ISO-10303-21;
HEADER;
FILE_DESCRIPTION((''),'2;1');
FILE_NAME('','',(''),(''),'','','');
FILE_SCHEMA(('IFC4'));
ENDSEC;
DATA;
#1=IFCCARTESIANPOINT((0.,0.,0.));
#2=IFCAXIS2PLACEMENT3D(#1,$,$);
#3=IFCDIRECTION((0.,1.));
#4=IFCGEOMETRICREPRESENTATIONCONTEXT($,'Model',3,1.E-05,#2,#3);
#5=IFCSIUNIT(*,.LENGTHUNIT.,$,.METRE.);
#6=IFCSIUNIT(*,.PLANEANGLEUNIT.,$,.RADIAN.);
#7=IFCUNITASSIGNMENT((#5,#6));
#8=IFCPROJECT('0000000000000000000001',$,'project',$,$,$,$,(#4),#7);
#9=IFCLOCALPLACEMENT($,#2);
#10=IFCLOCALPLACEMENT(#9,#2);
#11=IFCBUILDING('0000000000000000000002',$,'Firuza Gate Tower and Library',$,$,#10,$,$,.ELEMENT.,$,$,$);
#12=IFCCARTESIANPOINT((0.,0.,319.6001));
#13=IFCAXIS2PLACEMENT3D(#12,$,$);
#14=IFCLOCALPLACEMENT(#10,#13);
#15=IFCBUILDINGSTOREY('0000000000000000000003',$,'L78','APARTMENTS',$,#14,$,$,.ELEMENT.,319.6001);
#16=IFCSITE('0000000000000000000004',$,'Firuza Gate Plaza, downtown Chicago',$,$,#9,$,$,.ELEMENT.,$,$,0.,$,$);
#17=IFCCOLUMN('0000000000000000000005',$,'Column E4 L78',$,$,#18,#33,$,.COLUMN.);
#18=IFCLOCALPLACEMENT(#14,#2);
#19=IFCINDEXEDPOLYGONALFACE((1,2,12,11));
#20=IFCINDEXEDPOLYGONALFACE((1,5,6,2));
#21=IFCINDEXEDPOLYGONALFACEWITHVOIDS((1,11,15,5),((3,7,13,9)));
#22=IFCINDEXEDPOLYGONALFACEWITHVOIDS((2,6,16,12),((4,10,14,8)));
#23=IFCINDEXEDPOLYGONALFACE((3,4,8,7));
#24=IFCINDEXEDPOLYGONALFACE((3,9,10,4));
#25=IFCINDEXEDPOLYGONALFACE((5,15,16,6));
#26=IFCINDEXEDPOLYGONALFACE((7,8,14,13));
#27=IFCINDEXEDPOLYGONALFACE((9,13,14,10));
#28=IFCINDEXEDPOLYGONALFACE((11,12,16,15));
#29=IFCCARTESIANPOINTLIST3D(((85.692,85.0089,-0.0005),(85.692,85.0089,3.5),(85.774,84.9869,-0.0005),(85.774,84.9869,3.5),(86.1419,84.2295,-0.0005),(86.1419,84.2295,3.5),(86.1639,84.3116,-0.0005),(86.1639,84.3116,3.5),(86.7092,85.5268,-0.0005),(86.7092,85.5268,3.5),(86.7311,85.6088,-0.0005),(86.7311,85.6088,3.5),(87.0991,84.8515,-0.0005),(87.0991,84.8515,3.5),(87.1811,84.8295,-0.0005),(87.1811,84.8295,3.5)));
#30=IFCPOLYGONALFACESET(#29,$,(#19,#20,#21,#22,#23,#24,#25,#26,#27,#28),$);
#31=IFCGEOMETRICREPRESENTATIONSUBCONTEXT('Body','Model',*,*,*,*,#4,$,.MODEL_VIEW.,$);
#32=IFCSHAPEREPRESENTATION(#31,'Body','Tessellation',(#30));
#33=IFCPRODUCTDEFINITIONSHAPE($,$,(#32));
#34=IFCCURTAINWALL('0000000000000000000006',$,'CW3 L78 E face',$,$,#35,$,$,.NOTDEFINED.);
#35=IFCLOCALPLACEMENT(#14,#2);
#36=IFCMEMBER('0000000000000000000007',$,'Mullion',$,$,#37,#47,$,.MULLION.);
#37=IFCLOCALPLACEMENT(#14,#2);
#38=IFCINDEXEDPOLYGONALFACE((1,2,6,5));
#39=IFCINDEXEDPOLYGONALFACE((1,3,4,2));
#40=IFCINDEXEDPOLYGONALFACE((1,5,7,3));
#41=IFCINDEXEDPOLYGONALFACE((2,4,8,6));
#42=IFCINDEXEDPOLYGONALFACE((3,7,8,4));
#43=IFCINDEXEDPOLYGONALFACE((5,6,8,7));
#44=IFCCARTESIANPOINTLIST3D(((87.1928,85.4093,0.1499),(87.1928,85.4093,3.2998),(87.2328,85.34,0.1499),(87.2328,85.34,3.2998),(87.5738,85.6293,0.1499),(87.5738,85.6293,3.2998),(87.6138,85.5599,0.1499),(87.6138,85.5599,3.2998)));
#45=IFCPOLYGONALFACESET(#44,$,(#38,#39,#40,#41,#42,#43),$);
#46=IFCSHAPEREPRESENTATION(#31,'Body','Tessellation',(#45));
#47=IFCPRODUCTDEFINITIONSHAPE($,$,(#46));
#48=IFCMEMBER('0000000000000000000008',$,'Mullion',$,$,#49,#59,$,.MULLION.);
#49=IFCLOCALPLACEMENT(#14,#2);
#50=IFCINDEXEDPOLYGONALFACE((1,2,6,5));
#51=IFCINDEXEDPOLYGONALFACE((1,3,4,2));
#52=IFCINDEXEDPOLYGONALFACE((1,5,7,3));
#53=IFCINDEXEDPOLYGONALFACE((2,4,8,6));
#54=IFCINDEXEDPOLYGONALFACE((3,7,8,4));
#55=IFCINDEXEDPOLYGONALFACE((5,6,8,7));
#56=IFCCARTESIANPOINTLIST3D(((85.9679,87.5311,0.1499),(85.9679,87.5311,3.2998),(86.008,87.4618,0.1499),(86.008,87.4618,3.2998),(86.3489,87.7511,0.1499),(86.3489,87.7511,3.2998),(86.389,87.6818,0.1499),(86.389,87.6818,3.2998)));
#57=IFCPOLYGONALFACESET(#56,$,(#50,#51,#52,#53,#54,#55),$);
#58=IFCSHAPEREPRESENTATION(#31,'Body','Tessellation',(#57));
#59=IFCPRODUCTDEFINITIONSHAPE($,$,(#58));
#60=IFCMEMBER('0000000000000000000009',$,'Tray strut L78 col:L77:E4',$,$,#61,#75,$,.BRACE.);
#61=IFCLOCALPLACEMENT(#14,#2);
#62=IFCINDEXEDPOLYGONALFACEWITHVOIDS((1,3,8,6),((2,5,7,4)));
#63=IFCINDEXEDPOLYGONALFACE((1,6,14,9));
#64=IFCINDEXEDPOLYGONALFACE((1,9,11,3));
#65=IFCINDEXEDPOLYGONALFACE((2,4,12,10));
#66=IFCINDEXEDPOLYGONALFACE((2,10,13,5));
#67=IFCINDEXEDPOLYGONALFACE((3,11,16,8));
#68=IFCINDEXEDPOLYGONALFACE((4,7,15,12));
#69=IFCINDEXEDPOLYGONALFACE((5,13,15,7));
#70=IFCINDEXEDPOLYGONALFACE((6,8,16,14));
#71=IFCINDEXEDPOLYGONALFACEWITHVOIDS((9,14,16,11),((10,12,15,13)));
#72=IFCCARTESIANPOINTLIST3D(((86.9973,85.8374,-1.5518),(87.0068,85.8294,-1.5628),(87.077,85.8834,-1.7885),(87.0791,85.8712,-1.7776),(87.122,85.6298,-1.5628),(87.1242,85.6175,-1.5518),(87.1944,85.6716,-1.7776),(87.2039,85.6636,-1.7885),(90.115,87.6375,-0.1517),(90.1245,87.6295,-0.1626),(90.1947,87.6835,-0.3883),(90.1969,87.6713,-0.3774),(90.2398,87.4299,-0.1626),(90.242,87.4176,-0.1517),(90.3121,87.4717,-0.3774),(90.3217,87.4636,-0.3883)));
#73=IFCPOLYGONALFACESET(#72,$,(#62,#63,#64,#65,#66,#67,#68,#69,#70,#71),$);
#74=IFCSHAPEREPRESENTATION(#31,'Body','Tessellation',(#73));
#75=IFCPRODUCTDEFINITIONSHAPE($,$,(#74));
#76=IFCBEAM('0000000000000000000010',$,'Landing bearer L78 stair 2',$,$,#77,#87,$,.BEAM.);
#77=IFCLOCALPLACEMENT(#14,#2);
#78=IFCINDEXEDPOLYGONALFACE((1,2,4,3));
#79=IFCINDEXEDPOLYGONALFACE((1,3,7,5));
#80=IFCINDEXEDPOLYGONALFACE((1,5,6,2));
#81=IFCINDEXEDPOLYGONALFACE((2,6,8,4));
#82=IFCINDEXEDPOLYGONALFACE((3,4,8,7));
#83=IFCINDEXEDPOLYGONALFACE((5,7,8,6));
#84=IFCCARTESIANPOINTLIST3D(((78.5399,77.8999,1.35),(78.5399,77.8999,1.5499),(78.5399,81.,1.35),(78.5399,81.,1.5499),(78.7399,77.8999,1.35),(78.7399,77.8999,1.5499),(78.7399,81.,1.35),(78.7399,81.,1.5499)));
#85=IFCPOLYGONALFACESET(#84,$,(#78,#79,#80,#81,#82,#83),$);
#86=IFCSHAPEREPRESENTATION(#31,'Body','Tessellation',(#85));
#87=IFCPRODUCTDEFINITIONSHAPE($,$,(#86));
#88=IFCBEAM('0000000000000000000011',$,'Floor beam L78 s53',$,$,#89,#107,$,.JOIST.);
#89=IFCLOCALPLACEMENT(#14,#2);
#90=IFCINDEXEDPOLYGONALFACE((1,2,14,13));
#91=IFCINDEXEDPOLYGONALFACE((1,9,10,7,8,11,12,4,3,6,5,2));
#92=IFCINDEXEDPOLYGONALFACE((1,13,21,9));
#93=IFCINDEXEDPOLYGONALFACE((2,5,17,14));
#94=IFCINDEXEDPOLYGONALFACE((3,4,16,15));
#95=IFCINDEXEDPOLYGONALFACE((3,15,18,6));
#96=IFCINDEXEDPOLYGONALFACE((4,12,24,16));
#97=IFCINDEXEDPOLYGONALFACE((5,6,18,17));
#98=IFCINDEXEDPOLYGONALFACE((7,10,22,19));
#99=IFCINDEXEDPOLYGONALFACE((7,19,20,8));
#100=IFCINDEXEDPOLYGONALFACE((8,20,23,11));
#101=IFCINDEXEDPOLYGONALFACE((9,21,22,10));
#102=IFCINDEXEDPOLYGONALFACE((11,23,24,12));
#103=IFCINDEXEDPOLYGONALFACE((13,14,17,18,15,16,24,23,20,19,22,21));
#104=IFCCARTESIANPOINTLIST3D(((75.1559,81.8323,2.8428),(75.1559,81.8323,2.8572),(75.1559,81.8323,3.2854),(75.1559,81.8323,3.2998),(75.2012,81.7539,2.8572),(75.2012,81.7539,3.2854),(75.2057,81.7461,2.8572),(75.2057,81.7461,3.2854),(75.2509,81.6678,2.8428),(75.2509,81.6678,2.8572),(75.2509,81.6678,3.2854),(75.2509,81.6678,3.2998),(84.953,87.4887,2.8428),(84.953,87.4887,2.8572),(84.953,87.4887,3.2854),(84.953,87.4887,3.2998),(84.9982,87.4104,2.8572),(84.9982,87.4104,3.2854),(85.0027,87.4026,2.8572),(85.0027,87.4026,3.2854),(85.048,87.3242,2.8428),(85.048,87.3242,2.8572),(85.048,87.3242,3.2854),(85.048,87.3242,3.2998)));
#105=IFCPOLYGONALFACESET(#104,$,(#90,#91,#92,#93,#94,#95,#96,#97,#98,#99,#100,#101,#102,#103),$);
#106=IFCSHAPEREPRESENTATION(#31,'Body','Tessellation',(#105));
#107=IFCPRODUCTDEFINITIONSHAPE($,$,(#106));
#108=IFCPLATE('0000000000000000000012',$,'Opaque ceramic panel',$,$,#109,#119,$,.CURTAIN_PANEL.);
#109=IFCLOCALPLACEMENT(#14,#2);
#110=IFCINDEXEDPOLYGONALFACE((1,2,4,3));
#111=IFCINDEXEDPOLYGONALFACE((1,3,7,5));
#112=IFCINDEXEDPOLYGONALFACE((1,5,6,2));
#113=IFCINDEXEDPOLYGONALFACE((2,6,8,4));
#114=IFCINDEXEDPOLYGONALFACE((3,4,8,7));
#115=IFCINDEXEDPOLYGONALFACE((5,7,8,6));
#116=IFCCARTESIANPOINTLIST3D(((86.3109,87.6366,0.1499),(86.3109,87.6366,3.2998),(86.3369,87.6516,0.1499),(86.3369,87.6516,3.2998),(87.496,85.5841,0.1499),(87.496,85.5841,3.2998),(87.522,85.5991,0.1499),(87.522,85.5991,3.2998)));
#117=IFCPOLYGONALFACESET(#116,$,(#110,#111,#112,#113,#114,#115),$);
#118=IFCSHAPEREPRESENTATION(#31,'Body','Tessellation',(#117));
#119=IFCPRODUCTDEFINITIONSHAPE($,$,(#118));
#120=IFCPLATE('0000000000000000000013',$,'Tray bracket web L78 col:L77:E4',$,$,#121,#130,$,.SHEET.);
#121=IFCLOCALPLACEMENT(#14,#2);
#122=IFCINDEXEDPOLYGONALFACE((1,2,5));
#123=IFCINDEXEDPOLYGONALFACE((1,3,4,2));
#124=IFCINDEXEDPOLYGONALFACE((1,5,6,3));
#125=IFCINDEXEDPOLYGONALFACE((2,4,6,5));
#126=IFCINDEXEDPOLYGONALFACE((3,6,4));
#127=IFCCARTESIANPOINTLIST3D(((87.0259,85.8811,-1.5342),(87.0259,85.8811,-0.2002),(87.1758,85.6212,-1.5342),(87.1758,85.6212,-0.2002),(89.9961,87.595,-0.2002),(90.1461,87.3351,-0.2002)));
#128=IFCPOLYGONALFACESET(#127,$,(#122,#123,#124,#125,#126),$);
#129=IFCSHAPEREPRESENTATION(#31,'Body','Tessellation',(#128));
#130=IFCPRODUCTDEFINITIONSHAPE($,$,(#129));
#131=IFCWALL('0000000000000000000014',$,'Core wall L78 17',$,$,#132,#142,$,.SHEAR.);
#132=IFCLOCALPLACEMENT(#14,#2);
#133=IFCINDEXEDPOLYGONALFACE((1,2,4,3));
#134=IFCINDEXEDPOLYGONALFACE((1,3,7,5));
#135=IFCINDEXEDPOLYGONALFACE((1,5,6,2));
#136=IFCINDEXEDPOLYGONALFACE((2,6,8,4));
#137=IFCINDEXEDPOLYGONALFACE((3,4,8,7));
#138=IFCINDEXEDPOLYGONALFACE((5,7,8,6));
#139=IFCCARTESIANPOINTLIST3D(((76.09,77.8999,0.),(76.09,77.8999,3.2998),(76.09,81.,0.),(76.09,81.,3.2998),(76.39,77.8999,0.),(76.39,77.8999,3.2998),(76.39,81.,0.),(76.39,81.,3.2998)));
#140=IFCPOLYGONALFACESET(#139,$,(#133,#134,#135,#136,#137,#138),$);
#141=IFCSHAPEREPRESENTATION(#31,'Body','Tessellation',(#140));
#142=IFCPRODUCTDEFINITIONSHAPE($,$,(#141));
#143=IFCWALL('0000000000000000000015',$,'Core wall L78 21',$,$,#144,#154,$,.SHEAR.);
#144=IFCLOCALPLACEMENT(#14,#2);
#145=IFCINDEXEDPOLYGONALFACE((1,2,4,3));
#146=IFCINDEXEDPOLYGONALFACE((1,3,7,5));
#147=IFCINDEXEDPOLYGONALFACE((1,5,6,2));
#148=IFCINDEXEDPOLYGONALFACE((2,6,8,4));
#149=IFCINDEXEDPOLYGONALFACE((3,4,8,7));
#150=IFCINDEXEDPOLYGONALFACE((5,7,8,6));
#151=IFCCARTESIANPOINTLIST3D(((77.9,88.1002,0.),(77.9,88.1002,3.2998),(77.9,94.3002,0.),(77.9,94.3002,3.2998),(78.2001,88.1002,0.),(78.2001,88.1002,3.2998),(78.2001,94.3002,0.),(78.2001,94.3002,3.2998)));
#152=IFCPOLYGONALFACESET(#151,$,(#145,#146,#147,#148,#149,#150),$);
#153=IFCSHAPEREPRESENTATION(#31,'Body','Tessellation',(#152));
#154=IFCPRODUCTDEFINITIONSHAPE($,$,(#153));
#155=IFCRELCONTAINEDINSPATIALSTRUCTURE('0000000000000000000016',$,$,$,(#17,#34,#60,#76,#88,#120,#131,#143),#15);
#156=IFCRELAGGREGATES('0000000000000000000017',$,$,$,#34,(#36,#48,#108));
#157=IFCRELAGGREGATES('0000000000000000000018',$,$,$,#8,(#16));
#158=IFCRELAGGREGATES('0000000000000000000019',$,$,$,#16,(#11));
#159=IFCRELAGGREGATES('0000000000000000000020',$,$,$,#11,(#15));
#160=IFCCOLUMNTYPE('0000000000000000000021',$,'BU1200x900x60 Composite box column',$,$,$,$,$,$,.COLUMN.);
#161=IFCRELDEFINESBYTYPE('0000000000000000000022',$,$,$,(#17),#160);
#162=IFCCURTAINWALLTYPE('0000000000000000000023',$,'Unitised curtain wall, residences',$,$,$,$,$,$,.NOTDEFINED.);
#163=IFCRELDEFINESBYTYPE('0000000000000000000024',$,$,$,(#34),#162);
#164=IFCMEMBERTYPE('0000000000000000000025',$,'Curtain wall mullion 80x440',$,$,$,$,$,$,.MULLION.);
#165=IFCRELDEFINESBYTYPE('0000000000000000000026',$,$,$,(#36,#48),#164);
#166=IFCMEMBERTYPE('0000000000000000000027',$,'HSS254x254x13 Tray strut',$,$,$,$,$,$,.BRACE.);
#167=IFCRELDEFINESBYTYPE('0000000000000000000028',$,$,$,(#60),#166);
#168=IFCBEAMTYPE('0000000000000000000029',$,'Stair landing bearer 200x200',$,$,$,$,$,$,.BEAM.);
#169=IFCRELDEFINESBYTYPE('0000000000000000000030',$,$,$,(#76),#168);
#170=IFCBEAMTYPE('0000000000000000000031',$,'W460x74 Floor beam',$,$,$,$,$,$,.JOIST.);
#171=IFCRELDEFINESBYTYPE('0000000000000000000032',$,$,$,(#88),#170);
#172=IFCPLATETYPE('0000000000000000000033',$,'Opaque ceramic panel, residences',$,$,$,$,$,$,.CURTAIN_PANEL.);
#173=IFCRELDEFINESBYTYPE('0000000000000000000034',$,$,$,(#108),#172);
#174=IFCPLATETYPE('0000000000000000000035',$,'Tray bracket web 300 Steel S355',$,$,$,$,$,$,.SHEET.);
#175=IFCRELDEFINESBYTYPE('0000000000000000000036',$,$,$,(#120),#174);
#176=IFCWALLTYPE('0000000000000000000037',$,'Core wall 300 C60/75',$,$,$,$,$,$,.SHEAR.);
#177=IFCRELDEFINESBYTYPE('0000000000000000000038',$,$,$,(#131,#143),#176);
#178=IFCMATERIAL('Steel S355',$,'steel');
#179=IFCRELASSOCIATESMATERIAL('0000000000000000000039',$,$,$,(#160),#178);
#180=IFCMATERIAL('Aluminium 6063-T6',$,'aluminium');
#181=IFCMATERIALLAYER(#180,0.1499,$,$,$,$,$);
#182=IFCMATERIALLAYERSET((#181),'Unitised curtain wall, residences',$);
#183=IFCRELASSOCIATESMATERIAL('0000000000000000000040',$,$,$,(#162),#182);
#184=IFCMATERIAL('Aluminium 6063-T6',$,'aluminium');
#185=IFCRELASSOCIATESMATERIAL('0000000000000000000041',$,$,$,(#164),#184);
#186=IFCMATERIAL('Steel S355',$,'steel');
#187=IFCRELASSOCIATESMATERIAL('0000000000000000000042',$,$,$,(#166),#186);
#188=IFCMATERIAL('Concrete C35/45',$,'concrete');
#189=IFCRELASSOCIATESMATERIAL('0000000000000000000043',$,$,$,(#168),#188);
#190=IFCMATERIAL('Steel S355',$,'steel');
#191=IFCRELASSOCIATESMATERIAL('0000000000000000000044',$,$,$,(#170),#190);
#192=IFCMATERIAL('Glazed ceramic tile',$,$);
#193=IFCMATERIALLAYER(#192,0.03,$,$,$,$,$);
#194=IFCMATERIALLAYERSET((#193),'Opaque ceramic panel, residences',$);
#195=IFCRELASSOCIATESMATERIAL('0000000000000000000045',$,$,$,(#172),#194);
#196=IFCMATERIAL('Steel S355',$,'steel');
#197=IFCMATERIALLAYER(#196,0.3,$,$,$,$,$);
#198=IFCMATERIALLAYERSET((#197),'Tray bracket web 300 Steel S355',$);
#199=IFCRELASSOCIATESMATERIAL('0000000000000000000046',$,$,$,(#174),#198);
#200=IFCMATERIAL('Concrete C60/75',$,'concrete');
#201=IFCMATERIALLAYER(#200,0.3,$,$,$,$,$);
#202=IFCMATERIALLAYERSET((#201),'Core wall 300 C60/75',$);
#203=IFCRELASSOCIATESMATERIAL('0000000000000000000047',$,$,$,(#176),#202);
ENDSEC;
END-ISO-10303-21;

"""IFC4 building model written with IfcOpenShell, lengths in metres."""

from ifc_helpers import new_model, si_unit, direction, frame, frame_2d, origin, origin_2d, place, context, subcontext, project, spatial, polyline, rectangle, hollow_rectangle, i_section, outline, extrude, material, layer, layer_set, material_profile, profile_set, type_object, element, aggregate, save


model = new_model("IFC4")

# Units and contexts
model_context = context("Model", 3, precision=1e-05, world=origin(), true_north=direction((0.0, 1.0)))
body_context = subcontext(model_context, "Body", "Model", "MODEL_VIEW")
ifc_project = project(units=[si_unit("LENGTHUNIT", "METRE"), si_unit("PLANEANGLEUNIT", "RADIAN")], contexts=[model_context])

# Site, building, storey
site_placement = place(None, origin())
site = spatial("IfcSite", under=ifc_project, at=site_placement, Name="Firuza Gate Plaza, downtown Chicago", CompositionType="ELEMENT", RefElevation=0.0)
building_placement = place(site_placement, origin())
building = spatial("IfcBuilding", under=site, at=building_placement, Name="Firuza Gate Tower and Library", CompositionType="ELEMENT")
storey_placement = place(building_placement, frame((0.0, 0.0, 319.6001)))
storey = spatial("IfcBuildingStorey", under=building, at=storey_placement, Name="L78", Description="APARTMENTS", CompositionType="ELEMENT", Elevation=319.6001)

# Column
ifc_material_1 = material(Name="Steel S355", Category="steel")
ifc_material_profile_1 = material_profile(ifc_material_1, hollow_rectangle(XDim=0.8999, YDim=1.2, WallThickness=0.0601, at=origin_2d()))
ifc_profile_set_1 = profile_set([ifc_material_profile_1], Name="Steel S355")
column_type = type_object("IfcColumnType", Name="BU1200x900x60 Composite box column", PredefinedType="COLUMN", material=ifc_profile_set_1)
column_placement = place(storey_placement, frame((86.4365, 84.9192, -0.0005), z_axis=(0.0, 0.0, 1.0), x_axis=(-0.5, 0.866025, 0.0)))
element("IfcColumn", 1, at=column_placement, inside=storey, type_object=column_type, Name="Column E4 L78", PredefinedType="COLUMN", context=body_context, shape_type="SweptSolid", body=[
    extrude(hollow_rectangle(XDim=0.8999, YDim=1.2, WallThickness=0.0601, at=origin_2d()), origin(), (0.0, 0.0, 1.0), 3.5005),
])

# Curtain wall, members
ifc_material_2 = material(Name="Aluminium 6063-T6", Category="aluminium")
ifc_layer_1 = layer(ifc_material_2, 0.1499)
ifc_layer_set_1 = layer_set([ifc_layer_1], Name="Unitised curtain wall, residences")
curtain_wall_type = type_object("IfcCurtainWallType", Name="Unitised curtain wall, residences", PredefinedType="NOTDEFINED", material=ifc_layer_set_1)
placement = place(storey_placement, origin())
curtain_wall = element("IfcCurtainWall", 2, at=placement, inside=storey, type_object=curtain_wall_type, Name="CW3 L78 E face", PredefinedType="NOTDEFINED")
ifc_material_3 = material(Name="Aluminium 6063-T6", Category="aluminium")
ifc_material_profile_2 = material_profile(ifc_material_3, rectangle(XDim=0.4399, YDim=0.0801, at=origin_2d()))
ifc_profile_set_2 = profile_set([ifc_material_profile_2], Name="Aluminium 6063-T6")
member_type_1 = type_object("IfcMemberType", Name="Curtain wall mullion 80x440", PredefinedType="MULLION", material=ifc_profile_set_2)
member_1_placement = place(storey_placement, frame((87.4033, 85.4846, 0.1499), z_axis=(0.0, 0.0, 1.0), x_axis=(-0.866025, -0.5, 0.0)))
member_1 = element("IfcMember", 3, at=member_1_placement, type_object=member_type_1, Name="Mullion", PredefinedType="MULLION", context=body_context, shape_type="SweptSolid", body=[
    extrude(rectangle(XDim=0.4399, YDim=0.0801, at=origin_2d()), origin(), (0.0, 0.0, 1.0), 3.1499),
])
member_2_placement = place(storey_placement, frame((86.1785, 87.6064, 0.1499), z_axis=(0.0, 0.0, 1.0), x_axis=(-0.866025, -0.5, 0.0)))
member_2 = element("IfcMember", 4, at=member_2_placement, type_object=member_type_1, Name="Mullion", PredefinedType="MULLION", context=body_context, shape_type="SweptSolid", body=[
    extrude(rectangle(XDim=0.4399, YDim=0.0801, at=origin_2d()), origin(), (0.0, 0.0, 1.0), 3.1499),
])

# Member
ifc_material_4 = material(Name="Steel S355", Category="steel")
ifc_material_profile_3 = material_profile(ifc_material_4, hollow_rectangle(XDim=0.2539, YDim=0.2539, WallThickness=0.0117, at=origin_2d()))
ifc_profile_set_3 = profile_set([ifc_material_profile_3], Name="Steel S355")
member_type_2 = type_object("IfcMemberType", Name="HSS254x254x13 Tray strut", PredefinedType="BRACE", material=ifc_profile_set_3)
member_3_placement = place(storey_placement, frame((87.1006, 85.7505, -1.6702), z_axis=(0.807122, 0.466007, 0.362478), x_axis=(-0.500012, 0.866018, 0.0)))
element("IfcMember", 5, at=member_3_placement, inside=storey, type_object=member_type_2, Name="Tray strut L78 col:L77:E4", PredefinedType="BRACE", context=body_context, shape_type="SweptSolid", body=[
    extrude(hollow_rectangle(XDim=0.2539, YDim=0.2539, WallThickness=0.0117, at=origin_2d()), origin(), (0.0, 0.0, 1.0), 3.8628),
])

# Beams
ifc_material_5 = material(Name="Concrete C35/45", Category="concrete")
ifc_material_profile_4 = material_profile(ifc_material_5, rectangle(XDim=0.2, YDim=0.2, at=origin_2d()))
ifc_profile_set_4 = profile_set([ifc_material_profile_4], Name="Concrete C35/45")
beam_type_1 = type_object("IfcBeamType", Name="Stair landing bearer 200x200", PredefinedType="BEAM", material=ifc_profile_set_4)
beam_1_placement = place(storey_placement, frame((78.6399, 81.0, 1.45), z_axis=(0.0, -1.0, 0.0), x_axis=(1.0, 0.0, 0.0)))
element("IfcBeam", 6, at=beam_1_placement, inside=storey, type_object=beam_type_1, Name="Landing bearer L78 stair 2", PredefinedType="BEAM", context=body_context, shape_type="SweptSolid", body=[
    extrude(rectangle(XDim=0.2, YDim=0.2, at=origin_2d()), origin(), (0.0, 0.0, 1.0), 3.1001),
])
ifc_material_6 = material(Name="Steel S355", Category="steel")
ifc_material_profile_5 = material_profile(ifc_material_6, i_section(OverallWidth=0.1899, OverallDepth=0.457, WebThickness=0.009, FlangeThickness=0.0144, at=origin_2d()))
ifc_profile_set_5 = profile_set([ifc_material_profile_5], Name="Steel S355")
beam_type_2 = type_object("IfcBeamType", Name="W460x74 Floor beam", PredefinedType="JOIST", material=ifc_profile_set_5)
beam_2_placement = place(storey_placement, frame((85.0005, 87.4065, 3.0713), z_axis=(-0.866021, -0.500008, 0.0), x_axis=(0.500008, -0.866021, 0.0)))
element("IfcBeam", 7, at=beam_2_placement, inside=storey, type_object=beam_type_2, Name="Floor beam L78 s53", PredefinedType="JOIST", context=body_context, shape_type="SweptSolid", body=[
    extrude(i_section(OverallWidth=0.1899, OverallDepth=0.457, WebThickness=0.009, FlangeThickness=0.0144, at=origin_2d()), origin(), (0.0, 0.0, 1.0), 11.3127),
])

# Plates
ifc_material_7 = material(Name="Glazed ceramic tile")
ifc_layer_2 = layer(ifc_material_7, 0.03)
ifc_layer_set_2 = layer_set([ifc_layer_2], Name="Opaque ceramic panel, residences")
plate_type_1 = type_object("IfcPlateType", Name="Opaque ceramic panel, residences", PredefinedType="CURTAIN_PANEL", material=ifc_layer_set_2)
plate_1_placement = place(storey_placement, frame((87.522, 85.5991, 0.1499), z_axis=(0.866016, 0.500017, 0.0), x_axis=(-0.500017, 0.866016, 0.0)))
plate_1 = element("IfcPlate", 8, at=plate_1_placement, type_object=plate_type_1, Name="Opaque ceramic panel", PredefinedType="CURTAIN_PANEL", context=body_context, shape_type="SweptSolid", body=[
    extrude(outline(polyline([(0.0, 0.0), (2.37, 0.0), (2.37, 3.1499), (0.0, 3.1499), (0.0, 0.0)])), origin(), (0.0, 0.0, -1.0), 0.03),
])
ifc_material_8 = material(Name="Steel S355", Category="steel")
ifc_layer_3 = layer(ifc_material_8, 0.3)
ifc_layer_set_3 = layer_set([ifc_layer_3], Name="Tray bracket web 300 Steel S355")
plate_type_2 = type_object("IfcPlateType", Name="Tray bracket web 300 Steel S355", PredefinedType="SHEET", material=ifc_layer_set_3)
plate_2_placement = place(storey_placement, frame((87.0259, 85.8811, -0.2002), z_axis=(-0.499784, 0.86615, 0.0), x_axis=(0.86615, 0.499784, 0.0)))
element("IfcPlate", 9, at=plate_2_placement, inside=storey, type_object=plate_type_2, Name="Tray bracket web L78 col:L77:E4", PredefinedType="SHEET", context=body_context, shape_type="SweptSolid", body=[
    extrude(outline(polyline([(0.0, 0.0), (3.4292, 0.0), (0.0, 1.334), (0.0, 0.0)])), origin(), (0.0, 0.0, -1.0), 0.3),
])

# Walls
ifc_material_9 = material(Name="Concrete C60/75", Category="concrete")
ifc_layer_4 = layer(ifc_material_9, 0.3)
ifc_layer_set_4 = layer_set([ifc_layer_4], Name="Core wall 300 C60/75")
wall_type_1 = type_object("IfcWallType", Name="Core wall 300 C60/75", PredefinedType="SHEAR", material=ifc_layer_set_4)
wall_1_placement = place(storey_placement, frame((76.24, 77.8999, 0.0), z_axis=(0.0, 0.0, 1.0), x_axis=(0.0, 1.0, 0.0)))
element("IfcWall", 10, at=wall_1_placement, inside=storey, type_object=wall_type_1, Name="Core wall L78 17", PredefinedType="SHEAR", context=body_context, shape_type="SweptSolid", body=[
    extrude(rectangle(XDim=3.1001, YDim=0.3, at=frame_2d((1.55, 0.0))), origin(), (0.0, 0.0, 1.0), 3.2998),
])
wall_2_placement = place(storey_placement, frame((78.05, 88.1001, 0.0), z_axis=(0.0, 0.0, 1.0), x_axis=(0.0, 1.0, 0.0)))
element("IfcWall", 11, at=wall_2_placement, inside=storey, type_object=wall_type_1, Name="Core wall L78 21", PredefinedType="SHEAR", context=body_context, shape_type="SweptSolid", body=[
    extrude(rectangle(XDim=6.2, YDim=0.3, at=frame_2d((3.1001, 0.0))), origin(), (0.0, 0.0, 1.0), 3.2998),
])

aggregate(curtain_wall, [member_1, member_2, plate_1])

save(model, "model.ifc")
